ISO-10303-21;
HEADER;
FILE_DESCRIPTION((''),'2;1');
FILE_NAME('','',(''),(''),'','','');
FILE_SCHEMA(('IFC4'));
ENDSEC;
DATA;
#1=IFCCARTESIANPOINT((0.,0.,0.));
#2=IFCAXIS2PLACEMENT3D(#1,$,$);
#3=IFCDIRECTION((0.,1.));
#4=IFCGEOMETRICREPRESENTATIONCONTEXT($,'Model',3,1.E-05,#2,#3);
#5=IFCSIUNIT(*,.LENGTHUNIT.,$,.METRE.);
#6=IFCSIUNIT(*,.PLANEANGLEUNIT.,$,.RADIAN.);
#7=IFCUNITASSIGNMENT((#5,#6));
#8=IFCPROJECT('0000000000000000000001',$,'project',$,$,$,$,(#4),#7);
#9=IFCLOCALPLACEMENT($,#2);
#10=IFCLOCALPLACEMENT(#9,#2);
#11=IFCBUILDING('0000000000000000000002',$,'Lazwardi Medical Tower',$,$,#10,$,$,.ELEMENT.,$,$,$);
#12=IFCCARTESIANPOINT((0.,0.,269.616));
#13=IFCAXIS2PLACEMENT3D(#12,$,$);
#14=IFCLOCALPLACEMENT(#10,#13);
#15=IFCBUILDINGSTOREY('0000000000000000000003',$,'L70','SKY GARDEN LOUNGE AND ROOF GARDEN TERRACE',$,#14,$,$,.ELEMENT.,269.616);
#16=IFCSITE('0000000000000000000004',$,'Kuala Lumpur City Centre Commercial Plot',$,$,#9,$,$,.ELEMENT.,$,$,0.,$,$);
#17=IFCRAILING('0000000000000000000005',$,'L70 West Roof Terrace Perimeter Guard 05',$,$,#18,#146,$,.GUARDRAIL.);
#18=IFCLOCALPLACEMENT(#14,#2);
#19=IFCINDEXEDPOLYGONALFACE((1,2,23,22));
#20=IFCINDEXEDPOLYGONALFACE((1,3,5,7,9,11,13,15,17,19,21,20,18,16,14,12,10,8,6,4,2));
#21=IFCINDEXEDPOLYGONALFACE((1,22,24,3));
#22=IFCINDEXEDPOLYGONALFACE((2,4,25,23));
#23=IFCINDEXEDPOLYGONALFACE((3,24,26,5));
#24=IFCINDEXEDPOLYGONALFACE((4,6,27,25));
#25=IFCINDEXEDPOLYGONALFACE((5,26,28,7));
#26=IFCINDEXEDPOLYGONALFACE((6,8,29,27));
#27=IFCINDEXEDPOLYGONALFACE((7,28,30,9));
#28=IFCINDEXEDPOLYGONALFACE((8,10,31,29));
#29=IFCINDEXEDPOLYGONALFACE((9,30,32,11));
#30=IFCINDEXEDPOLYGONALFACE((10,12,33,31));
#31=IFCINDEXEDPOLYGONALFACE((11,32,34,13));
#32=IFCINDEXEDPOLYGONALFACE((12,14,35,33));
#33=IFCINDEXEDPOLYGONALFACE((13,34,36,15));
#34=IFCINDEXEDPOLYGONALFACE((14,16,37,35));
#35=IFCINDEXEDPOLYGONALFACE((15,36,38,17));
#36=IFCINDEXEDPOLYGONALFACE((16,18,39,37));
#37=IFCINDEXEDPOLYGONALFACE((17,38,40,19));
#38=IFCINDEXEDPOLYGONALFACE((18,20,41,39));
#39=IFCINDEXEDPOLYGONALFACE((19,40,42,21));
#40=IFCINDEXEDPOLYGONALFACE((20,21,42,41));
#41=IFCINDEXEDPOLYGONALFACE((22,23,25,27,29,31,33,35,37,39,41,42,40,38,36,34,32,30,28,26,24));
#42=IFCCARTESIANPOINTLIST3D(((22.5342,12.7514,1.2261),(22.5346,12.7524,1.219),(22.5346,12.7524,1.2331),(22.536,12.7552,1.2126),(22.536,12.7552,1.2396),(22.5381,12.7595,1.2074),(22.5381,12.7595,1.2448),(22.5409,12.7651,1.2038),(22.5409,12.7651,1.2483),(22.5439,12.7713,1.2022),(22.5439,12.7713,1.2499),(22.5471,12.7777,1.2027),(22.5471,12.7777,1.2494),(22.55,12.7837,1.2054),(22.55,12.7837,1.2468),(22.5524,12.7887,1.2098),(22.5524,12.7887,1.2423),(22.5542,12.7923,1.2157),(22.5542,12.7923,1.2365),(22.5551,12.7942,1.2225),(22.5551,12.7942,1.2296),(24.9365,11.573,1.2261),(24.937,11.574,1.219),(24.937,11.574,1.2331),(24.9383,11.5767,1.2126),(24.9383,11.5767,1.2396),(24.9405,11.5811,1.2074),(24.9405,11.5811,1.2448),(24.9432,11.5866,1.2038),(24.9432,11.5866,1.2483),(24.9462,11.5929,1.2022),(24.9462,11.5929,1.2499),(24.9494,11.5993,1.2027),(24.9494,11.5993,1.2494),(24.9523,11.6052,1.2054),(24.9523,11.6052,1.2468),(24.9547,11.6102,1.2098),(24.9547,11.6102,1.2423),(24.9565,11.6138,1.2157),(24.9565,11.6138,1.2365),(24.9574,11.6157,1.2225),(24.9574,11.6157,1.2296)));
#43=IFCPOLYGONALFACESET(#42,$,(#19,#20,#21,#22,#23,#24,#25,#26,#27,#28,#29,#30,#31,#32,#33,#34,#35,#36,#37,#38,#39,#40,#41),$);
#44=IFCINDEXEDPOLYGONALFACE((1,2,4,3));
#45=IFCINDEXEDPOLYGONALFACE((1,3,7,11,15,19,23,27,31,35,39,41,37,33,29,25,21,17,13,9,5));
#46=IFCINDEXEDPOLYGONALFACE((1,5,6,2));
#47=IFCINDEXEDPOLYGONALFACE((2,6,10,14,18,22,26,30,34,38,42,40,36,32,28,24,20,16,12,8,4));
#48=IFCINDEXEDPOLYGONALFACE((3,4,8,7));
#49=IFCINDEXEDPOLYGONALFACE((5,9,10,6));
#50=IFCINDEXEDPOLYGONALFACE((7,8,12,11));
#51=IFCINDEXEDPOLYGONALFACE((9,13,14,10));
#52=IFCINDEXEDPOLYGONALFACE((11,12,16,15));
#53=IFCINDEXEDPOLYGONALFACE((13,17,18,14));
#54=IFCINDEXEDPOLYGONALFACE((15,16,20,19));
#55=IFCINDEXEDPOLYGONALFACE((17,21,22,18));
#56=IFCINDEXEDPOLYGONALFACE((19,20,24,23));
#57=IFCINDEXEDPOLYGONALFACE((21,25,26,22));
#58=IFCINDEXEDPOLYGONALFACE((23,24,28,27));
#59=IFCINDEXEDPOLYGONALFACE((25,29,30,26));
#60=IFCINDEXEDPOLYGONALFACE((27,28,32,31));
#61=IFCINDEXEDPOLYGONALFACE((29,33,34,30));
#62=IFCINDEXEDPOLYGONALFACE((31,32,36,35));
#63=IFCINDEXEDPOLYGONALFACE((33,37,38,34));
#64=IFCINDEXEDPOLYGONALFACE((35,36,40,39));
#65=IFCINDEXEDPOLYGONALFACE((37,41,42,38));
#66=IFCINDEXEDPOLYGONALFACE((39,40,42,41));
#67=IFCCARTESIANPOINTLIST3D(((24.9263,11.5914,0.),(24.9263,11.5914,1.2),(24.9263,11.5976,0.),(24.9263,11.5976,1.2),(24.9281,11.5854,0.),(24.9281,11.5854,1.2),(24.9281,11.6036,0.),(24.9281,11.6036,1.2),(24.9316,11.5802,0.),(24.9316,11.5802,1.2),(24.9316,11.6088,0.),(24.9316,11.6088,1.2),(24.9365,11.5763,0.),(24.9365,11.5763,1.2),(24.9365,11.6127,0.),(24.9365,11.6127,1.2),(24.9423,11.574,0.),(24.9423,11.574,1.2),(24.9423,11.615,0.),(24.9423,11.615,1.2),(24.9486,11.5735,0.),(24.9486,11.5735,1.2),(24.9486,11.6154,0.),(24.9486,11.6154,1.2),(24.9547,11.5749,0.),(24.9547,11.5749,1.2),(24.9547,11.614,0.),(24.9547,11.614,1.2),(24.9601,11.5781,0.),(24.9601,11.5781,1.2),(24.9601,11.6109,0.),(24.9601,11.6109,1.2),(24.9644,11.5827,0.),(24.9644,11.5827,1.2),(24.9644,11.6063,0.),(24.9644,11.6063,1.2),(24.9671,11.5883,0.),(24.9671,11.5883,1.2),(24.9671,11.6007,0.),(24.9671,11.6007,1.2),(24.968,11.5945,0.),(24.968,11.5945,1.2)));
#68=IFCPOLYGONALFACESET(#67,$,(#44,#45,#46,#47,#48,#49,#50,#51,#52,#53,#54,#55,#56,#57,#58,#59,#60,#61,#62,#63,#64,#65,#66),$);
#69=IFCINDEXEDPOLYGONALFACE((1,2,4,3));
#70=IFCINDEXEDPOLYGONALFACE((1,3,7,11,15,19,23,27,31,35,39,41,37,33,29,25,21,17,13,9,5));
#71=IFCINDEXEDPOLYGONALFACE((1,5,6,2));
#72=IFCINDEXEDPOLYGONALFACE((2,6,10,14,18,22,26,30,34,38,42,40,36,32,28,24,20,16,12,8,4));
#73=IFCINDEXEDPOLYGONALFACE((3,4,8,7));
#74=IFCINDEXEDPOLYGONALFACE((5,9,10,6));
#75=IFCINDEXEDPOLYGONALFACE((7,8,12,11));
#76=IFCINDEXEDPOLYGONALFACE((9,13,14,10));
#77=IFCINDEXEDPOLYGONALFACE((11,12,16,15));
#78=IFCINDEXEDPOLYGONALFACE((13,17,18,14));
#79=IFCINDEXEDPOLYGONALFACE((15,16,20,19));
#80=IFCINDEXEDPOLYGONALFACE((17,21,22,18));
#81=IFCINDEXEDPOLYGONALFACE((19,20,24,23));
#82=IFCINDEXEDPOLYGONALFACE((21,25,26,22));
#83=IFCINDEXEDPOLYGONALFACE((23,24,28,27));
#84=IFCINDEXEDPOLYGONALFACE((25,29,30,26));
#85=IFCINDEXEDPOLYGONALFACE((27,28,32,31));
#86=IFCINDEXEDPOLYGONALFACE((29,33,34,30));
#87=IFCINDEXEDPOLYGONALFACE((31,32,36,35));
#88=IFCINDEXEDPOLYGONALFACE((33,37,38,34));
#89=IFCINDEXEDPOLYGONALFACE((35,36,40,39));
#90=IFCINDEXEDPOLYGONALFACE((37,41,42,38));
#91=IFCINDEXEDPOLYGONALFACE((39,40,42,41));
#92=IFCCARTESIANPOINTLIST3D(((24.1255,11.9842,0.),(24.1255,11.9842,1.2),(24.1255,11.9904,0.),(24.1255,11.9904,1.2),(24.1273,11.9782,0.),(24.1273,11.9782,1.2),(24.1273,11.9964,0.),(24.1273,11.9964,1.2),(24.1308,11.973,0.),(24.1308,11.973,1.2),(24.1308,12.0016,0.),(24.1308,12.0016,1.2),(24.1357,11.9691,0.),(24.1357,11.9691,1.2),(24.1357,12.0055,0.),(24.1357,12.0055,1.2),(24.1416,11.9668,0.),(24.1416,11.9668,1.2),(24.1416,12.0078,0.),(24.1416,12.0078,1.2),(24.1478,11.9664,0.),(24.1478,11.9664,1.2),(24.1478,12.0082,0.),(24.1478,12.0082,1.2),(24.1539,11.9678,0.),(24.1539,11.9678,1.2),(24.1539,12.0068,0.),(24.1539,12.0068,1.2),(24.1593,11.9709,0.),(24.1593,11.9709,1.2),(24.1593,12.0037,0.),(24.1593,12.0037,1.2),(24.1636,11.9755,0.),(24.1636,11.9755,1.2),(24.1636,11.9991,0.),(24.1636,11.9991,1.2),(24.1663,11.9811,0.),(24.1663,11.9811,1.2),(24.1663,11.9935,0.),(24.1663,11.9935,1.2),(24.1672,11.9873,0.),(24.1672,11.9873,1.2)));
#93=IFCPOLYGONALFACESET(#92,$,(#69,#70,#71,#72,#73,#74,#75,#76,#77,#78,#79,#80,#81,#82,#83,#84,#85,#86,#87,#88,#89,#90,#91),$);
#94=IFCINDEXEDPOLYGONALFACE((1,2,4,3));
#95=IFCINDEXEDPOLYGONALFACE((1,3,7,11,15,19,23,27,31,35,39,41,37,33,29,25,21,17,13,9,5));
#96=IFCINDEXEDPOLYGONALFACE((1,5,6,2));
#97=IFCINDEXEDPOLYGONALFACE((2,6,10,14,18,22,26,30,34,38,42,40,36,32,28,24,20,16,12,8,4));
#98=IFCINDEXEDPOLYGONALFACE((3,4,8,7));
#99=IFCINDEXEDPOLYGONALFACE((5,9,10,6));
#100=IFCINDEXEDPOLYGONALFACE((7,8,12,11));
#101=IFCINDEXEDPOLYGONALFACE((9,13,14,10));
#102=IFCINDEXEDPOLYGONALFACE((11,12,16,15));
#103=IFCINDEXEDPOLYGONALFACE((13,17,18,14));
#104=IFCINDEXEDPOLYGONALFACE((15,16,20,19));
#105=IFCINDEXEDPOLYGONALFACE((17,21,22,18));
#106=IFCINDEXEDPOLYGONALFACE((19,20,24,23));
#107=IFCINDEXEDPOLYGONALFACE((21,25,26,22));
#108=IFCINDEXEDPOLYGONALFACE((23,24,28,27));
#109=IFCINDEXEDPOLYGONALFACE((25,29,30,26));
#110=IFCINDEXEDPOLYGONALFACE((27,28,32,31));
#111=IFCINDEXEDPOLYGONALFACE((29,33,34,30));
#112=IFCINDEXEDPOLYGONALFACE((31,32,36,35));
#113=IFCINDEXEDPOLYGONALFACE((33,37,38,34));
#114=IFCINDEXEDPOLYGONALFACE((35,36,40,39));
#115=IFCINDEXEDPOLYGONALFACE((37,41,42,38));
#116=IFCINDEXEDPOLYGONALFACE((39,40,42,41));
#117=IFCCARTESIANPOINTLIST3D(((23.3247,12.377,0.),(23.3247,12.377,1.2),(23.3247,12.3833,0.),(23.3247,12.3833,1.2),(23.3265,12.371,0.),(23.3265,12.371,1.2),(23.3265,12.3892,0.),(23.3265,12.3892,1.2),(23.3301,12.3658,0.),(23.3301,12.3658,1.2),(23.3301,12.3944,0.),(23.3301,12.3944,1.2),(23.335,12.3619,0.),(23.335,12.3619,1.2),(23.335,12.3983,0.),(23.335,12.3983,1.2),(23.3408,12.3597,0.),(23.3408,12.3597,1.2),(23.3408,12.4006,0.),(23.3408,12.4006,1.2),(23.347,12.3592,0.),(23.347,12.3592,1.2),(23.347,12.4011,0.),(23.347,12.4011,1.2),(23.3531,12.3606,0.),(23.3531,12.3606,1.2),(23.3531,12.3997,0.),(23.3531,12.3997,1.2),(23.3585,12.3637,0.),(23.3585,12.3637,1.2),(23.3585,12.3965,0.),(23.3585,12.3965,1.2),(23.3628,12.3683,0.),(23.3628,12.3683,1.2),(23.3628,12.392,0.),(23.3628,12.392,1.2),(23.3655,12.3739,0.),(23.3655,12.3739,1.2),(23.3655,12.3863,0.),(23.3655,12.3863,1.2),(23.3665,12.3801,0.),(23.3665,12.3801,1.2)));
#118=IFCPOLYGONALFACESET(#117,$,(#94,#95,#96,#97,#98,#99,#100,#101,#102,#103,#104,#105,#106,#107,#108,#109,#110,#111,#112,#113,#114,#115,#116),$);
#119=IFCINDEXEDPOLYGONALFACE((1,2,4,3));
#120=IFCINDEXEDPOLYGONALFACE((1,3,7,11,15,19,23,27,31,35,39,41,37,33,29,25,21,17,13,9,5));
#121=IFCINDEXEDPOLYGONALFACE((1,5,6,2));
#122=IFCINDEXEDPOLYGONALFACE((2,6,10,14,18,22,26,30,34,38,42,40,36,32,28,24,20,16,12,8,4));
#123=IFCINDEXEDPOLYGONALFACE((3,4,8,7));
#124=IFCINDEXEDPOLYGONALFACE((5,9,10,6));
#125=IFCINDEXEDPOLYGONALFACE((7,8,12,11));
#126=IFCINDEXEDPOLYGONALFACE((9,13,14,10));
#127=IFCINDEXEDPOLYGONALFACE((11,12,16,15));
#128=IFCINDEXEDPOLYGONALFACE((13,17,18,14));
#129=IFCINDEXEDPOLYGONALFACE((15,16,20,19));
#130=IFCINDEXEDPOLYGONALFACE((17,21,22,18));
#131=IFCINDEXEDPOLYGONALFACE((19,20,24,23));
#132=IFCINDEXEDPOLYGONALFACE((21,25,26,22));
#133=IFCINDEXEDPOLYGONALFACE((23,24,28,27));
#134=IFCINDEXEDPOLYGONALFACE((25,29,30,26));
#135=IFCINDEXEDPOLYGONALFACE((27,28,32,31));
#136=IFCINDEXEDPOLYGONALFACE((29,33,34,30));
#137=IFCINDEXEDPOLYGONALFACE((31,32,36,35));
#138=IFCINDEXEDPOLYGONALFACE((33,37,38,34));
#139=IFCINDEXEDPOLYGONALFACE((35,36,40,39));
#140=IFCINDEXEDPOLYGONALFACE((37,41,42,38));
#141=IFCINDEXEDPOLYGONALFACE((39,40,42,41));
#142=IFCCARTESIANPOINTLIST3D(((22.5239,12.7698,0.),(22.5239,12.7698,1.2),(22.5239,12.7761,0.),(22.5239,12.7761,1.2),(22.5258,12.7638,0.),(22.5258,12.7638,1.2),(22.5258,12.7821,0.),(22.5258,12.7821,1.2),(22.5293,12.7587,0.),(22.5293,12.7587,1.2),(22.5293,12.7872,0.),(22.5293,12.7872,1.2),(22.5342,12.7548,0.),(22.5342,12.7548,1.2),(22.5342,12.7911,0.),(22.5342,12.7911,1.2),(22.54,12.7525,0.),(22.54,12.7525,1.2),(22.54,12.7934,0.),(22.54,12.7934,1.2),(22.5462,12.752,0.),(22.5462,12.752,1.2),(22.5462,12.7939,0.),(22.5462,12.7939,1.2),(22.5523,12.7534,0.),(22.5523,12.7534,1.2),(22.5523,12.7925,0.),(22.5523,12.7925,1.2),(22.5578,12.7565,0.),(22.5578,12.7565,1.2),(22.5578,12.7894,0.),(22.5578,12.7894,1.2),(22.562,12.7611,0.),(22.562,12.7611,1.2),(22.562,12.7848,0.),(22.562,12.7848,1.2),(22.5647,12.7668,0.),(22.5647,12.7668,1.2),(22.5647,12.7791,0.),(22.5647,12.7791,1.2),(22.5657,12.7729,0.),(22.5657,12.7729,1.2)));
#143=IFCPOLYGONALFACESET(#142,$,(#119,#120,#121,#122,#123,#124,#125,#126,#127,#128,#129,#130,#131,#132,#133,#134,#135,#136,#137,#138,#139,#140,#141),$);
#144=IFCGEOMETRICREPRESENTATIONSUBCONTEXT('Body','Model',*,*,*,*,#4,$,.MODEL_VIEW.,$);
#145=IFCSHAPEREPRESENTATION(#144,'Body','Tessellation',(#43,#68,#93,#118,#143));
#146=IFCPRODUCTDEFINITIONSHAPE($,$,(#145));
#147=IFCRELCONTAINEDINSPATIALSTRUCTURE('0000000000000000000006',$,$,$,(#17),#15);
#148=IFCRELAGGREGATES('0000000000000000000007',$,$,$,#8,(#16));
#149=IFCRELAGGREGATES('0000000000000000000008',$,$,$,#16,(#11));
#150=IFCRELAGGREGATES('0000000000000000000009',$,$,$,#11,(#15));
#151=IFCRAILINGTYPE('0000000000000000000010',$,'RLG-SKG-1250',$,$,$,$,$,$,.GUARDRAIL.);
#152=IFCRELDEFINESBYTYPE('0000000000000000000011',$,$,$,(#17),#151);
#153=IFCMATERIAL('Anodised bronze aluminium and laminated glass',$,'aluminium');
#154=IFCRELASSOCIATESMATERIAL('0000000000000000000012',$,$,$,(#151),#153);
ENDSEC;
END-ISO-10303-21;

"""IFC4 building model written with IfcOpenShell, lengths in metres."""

from ifc_helpers import new_model, si_unit, direction, frame, origin, origin_2d, place, context, subcontext, project, spatial, circle, extrude, material, type_object, element, save


model = new_model("IFC4")

# Units and contexts
model_context = context("Model", 3, precision=1e-05, world=origin(), true_north=direction((0.0, 1.0)))
body_context = subcontext(model_context, "Body", "Model", "MODEL_VIEW")
ifc_project = project(units=[si_unit("LENGTHUNIT", "METRE"), si_unit("PLANEANGLEUNIT", "RADIAN")], contexts=[model_context])

# Site, building, storey
site_placement = place(None, origin())
site = spatial("IfcSite", under=ifc_project, at=site_placement, Name="Kuala Lumpur City Centre Commercial Plot", CompositionType="ELEMENT", RefElevation=0.0)
building_placement = place(site_placement, origin())
building = spatial("IfcBuilding", under=site, at=building_placement, Name="Lazwardi Medical Tower", CompositionType="ELEMENT")
storey_placement = place(building_placement, frame((0.0, 0.0, 269.616)))
storey = spatial("IfcBuildingStorey", under=building, at=storey_placement, Name="L70", Description="SKY GARDEN LOUNGE AND ROOF GARDEN TERRACE", CompositionType="ELEMENT", Elevation=269.616)

# Railing
ifc_material_1 = material(Name="Anodised bronze aluminium and laminated glass", Category="aluminium")
railing_type = type_object("IfcRailingType", Name="RLG-SKG-1250", PredefinedType="GUARDRAIL", material=ifc_material_1)
railing_1_placement = place(storey_placement, frame((24.947, 11.5945, 0.0)))
element("IfcRailing", 1, at=railing_1_placement, inside=storey, type_object=railing_type, Name="L70 West Roof Terrace Perimeter Guard 05", PredefinedType="GUARDRAIL", context=body_context, shape_type="SweptSolid", body=[
    extrude(circle(Radius=0.0239, at=origin_2d()), frame((0.0, 0.0, 1.2261), z_axis=(-0.897796, 0.440413, 0.0), x_axis=(-0.440413, -0.897796, 0.0)), (0.0, 0.0, 1.0), 2.6758),
    extrude(circle(Radius=0.021, at=origin_2d()), origin(), (0.0, 0.0, 1.0), 1.2),
    extrude(circle(Radius=0.021, at=origin_2d()), frame((-0.8008, 0.3928, 0.0)), (0.0, 0.0, 1.0), 1.2),
    extrude(circle(Radius=0.021, at=origin_2d()), frame((-1.6016, 0.7856, 0.0)), (0.0, 0.0, 1.0), 1.2),
    extrude(circle(Radius=0.021, at=origin_2d()), frame((-2.4023, 1.1785, 0.0)), (0.0, 0.0, 1.0), 1.2),
])

save(model, "model.ifc")
